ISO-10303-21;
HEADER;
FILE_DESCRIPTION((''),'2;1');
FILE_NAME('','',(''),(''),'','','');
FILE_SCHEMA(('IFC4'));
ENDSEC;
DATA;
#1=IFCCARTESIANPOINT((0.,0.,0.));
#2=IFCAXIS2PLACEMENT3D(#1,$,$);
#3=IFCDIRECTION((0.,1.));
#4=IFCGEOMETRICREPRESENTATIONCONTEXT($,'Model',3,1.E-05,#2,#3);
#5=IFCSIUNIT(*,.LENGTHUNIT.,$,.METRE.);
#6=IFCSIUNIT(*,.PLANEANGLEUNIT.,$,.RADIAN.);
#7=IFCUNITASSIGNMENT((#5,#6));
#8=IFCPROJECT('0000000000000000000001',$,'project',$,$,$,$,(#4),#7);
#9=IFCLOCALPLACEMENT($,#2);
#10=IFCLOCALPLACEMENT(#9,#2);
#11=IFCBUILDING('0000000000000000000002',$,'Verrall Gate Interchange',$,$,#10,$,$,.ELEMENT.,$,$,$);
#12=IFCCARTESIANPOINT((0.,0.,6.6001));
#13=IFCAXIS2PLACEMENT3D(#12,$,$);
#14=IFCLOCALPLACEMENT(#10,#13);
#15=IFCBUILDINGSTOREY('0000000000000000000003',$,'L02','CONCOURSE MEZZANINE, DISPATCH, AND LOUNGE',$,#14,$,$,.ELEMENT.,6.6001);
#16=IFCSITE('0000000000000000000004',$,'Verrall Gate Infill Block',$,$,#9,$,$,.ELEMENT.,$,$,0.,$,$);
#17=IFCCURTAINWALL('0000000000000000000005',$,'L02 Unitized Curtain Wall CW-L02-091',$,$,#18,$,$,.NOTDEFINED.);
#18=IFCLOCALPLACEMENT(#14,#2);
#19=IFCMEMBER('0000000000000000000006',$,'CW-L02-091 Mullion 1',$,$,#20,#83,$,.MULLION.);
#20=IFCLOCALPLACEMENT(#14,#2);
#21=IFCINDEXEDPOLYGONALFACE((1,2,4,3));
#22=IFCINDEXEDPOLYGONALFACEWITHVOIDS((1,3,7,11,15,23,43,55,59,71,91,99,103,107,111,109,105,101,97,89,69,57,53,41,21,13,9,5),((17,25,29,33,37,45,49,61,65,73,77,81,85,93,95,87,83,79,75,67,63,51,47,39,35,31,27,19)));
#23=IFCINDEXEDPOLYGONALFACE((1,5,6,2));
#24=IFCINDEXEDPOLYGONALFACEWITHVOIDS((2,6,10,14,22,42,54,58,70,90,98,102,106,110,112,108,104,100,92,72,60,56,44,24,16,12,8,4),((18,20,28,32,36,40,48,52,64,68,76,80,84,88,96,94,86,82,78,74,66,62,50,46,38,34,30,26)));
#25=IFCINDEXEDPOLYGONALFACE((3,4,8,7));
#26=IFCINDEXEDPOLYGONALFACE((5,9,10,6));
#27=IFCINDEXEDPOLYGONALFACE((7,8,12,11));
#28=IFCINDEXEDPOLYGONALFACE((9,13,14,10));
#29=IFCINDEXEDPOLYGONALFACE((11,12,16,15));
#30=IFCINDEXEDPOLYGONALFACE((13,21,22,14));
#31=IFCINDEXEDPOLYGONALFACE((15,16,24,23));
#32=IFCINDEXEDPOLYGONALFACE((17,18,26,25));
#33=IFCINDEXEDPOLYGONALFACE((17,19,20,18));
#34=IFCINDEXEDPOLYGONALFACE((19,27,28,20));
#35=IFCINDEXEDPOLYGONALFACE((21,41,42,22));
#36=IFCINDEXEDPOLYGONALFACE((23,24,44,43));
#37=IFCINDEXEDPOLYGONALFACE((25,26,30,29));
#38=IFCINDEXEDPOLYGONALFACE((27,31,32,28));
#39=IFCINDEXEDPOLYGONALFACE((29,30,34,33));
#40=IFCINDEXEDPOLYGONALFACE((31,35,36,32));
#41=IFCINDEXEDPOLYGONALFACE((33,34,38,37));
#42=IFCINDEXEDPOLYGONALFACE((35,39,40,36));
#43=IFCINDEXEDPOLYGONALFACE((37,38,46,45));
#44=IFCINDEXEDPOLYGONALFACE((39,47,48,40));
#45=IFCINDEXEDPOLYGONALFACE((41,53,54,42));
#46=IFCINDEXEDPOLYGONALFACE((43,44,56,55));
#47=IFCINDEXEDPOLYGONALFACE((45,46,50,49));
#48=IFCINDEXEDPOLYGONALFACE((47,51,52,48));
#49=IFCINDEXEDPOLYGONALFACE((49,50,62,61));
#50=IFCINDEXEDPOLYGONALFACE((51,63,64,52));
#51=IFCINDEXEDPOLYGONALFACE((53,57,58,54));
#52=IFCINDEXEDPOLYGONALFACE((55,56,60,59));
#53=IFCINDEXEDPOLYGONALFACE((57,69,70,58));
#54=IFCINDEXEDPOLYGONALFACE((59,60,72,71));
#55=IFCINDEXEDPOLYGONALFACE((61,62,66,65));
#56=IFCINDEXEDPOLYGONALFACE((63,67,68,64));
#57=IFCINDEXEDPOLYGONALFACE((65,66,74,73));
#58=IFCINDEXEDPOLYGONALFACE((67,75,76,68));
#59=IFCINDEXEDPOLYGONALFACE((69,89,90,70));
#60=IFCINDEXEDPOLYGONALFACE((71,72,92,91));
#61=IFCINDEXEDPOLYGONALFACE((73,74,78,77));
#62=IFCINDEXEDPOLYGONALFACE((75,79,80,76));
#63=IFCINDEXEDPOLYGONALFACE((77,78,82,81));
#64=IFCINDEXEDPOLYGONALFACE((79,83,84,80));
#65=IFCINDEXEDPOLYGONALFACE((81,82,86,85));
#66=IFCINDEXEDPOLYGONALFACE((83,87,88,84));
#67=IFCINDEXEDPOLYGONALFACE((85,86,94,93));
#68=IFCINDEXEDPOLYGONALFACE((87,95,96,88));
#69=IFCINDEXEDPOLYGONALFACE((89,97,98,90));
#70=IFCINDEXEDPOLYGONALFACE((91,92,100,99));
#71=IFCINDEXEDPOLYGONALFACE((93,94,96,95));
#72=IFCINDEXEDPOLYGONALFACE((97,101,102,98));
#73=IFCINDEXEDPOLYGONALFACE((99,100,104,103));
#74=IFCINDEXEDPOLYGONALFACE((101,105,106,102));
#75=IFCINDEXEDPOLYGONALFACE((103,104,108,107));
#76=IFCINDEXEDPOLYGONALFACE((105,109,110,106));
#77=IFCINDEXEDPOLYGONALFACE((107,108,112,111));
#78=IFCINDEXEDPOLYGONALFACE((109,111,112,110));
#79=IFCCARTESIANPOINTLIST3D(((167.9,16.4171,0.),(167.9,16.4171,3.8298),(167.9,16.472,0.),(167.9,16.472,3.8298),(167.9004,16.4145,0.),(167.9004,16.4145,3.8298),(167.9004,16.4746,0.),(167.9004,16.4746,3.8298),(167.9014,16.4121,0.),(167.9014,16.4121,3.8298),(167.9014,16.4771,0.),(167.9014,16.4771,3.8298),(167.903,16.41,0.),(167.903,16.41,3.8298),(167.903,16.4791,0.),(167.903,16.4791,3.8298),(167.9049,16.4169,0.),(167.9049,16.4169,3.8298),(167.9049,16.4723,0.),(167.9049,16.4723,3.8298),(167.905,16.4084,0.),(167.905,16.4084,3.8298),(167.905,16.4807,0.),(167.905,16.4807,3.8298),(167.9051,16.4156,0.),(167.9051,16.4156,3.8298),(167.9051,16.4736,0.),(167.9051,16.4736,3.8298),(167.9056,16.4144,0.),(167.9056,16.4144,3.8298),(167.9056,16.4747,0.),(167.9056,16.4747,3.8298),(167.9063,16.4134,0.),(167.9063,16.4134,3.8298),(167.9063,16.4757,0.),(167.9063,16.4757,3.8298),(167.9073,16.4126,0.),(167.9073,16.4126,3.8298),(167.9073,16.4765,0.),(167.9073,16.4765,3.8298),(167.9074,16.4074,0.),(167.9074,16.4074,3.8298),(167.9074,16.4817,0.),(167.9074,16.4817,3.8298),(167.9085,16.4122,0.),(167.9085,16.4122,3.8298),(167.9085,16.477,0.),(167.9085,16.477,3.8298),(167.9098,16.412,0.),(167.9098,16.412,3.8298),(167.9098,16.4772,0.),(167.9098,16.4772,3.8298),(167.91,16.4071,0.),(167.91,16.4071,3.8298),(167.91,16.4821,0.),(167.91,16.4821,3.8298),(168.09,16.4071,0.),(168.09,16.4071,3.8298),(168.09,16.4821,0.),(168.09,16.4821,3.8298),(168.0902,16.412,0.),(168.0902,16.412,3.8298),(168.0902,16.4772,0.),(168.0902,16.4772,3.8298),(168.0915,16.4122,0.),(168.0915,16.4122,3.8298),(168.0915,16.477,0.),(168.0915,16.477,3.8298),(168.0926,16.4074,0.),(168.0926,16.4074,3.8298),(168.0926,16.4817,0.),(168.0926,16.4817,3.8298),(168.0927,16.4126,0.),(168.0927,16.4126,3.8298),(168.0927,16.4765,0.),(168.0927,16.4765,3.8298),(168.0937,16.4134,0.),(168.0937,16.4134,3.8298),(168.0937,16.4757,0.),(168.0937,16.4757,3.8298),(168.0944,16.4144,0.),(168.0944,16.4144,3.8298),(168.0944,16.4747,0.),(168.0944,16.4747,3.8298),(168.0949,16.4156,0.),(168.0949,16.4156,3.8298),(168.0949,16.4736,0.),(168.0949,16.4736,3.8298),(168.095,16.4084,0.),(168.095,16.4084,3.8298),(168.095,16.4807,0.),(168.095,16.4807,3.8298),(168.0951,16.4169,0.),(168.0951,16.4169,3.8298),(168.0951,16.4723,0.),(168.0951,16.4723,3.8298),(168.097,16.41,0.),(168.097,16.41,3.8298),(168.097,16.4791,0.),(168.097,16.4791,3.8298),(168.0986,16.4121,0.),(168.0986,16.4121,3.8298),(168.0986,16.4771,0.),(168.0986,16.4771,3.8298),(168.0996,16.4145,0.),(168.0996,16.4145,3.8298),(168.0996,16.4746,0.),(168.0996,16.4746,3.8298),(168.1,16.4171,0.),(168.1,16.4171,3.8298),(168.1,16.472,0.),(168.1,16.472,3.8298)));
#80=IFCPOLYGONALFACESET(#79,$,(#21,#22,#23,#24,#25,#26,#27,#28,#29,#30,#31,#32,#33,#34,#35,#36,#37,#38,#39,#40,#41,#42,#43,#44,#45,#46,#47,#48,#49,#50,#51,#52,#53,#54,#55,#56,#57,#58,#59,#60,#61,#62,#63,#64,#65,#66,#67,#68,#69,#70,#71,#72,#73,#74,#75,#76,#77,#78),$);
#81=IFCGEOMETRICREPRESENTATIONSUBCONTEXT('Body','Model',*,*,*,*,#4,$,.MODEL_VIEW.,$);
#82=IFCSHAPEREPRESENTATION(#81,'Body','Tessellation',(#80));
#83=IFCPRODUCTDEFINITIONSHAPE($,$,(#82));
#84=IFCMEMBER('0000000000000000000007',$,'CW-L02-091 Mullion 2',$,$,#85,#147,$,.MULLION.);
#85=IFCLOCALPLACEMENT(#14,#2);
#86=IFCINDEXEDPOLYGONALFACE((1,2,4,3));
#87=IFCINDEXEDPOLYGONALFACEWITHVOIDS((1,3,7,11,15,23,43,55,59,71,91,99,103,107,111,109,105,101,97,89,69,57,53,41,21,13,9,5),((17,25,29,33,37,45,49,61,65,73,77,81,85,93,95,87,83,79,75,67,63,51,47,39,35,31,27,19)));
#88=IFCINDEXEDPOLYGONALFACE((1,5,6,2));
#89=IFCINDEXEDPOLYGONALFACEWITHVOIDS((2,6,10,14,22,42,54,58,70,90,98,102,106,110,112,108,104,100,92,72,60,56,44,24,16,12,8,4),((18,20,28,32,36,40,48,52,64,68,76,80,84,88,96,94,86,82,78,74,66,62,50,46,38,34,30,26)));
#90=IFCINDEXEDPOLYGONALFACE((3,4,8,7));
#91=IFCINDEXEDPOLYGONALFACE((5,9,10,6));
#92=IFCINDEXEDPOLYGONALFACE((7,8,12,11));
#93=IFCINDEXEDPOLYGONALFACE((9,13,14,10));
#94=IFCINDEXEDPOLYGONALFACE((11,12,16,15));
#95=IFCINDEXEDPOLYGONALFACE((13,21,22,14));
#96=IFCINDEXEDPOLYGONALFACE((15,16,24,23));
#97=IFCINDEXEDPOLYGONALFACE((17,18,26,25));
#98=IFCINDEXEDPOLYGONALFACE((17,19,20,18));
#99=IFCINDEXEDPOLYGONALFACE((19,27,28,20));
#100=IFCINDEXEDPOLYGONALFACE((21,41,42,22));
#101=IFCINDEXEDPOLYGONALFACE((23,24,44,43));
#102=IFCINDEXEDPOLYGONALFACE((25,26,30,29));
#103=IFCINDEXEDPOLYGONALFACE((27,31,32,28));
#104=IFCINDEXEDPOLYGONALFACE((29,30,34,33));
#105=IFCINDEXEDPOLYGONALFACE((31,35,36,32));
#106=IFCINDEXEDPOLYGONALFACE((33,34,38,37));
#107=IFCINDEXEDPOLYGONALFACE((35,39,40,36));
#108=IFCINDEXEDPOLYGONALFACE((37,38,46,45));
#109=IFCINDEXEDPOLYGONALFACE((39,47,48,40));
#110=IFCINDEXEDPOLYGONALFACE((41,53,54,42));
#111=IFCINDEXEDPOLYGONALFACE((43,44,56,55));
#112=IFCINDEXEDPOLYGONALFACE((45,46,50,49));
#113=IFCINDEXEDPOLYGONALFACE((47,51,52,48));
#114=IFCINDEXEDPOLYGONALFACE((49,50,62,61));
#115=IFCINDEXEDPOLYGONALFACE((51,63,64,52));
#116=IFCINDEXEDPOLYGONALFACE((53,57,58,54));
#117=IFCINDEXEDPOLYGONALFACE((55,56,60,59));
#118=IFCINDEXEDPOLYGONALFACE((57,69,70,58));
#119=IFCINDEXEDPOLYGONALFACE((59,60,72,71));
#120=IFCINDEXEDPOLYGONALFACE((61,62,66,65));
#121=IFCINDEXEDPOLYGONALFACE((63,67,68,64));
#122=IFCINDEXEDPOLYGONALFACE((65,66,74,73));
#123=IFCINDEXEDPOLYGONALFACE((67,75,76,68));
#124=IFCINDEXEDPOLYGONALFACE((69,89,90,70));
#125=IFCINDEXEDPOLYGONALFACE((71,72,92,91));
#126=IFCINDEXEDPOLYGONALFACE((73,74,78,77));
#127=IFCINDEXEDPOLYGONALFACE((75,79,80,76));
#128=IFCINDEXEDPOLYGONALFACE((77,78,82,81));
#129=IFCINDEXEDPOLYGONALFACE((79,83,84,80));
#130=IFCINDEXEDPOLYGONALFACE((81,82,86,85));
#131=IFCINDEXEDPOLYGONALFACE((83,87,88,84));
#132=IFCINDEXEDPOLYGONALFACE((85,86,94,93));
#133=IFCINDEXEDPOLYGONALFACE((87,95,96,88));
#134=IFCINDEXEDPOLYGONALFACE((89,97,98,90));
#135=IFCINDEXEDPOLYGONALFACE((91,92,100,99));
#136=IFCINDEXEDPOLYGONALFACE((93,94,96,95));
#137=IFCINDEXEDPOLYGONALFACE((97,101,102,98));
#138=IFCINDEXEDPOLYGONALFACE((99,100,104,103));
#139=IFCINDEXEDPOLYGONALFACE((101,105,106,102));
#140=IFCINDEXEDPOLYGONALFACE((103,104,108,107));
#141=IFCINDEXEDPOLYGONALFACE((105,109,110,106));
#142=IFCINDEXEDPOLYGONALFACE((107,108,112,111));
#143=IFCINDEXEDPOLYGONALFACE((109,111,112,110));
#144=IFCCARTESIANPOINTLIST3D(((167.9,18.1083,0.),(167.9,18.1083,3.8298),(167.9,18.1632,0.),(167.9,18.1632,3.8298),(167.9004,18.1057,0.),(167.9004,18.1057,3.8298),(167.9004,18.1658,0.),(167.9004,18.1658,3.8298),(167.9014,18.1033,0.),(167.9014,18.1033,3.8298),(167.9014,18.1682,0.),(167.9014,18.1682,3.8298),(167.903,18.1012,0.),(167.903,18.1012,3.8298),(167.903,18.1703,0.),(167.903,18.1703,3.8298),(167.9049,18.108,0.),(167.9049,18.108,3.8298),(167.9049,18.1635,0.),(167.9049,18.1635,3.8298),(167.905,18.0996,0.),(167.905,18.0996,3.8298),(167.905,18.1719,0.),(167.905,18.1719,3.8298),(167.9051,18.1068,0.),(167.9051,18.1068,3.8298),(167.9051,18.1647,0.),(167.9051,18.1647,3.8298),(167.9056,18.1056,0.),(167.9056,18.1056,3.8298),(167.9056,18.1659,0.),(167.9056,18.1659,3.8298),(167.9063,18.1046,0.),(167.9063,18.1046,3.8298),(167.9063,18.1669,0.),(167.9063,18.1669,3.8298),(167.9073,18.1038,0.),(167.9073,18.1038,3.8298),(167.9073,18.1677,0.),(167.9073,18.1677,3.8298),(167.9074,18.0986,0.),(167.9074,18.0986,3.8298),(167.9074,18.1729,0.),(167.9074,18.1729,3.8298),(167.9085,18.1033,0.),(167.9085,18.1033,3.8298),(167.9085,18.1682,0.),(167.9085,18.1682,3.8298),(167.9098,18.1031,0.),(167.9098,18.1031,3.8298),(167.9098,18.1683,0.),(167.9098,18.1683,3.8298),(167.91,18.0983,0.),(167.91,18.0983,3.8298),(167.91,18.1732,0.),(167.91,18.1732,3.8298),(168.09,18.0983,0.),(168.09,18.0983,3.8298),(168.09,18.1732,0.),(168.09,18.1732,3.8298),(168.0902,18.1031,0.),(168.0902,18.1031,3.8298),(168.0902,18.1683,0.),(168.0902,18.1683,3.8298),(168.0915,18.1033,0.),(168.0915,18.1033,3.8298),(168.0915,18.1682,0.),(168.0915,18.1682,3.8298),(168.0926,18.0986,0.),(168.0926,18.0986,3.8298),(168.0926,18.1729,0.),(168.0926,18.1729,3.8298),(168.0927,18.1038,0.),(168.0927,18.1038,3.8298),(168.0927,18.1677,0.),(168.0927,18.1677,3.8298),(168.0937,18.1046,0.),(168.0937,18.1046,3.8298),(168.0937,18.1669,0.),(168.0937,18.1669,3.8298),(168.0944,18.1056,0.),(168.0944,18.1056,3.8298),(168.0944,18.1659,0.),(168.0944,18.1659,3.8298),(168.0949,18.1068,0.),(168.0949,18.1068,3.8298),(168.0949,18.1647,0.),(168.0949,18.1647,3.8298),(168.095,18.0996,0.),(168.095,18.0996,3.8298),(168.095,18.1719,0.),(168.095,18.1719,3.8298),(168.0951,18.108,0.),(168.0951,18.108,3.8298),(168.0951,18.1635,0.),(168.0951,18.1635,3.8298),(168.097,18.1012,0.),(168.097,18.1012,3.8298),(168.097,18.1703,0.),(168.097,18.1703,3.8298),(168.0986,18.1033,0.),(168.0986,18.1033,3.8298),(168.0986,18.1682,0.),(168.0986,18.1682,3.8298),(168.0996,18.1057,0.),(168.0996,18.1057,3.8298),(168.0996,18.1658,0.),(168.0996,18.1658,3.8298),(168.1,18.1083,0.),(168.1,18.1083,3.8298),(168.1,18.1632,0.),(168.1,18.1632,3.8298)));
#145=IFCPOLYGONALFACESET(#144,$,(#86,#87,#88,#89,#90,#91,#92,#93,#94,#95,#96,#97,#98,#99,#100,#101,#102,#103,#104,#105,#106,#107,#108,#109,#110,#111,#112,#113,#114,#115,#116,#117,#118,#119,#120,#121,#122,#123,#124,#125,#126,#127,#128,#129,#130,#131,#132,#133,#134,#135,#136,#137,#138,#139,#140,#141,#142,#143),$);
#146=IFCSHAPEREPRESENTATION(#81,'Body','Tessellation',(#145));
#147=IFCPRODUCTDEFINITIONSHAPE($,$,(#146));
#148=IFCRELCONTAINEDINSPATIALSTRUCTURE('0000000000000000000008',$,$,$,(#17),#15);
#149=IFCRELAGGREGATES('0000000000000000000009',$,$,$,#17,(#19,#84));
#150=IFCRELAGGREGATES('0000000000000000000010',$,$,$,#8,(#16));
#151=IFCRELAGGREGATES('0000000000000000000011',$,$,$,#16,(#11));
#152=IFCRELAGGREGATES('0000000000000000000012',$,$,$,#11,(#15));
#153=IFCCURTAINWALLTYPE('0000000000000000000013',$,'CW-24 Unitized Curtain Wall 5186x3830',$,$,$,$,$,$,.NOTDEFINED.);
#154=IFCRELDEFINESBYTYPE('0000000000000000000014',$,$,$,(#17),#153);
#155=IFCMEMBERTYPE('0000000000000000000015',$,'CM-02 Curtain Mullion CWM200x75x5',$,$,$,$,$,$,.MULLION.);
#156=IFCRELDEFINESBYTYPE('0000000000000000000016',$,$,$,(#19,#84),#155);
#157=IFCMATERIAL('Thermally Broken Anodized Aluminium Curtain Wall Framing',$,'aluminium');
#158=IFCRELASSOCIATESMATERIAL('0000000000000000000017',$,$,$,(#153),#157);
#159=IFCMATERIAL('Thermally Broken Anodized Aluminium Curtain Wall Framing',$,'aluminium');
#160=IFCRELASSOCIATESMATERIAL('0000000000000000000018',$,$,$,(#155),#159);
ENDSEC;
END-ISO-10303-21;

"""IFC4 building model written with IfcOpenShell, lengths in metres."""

from ifc_helpers import new_model, si_unit, direction, frame, origin, origin_2d, place, context, subcontext, project, spatial, hollow_rectangle, extrude, material, material_profile, profile_set, type_object, element, aggregate, save


model = new_model("IFC4")

# Units and contexts
model_context = context("Model", 3, precision=1e-05, world=origin(), true_north=direction((0.0, 1.0)))
body_context = subcontext(model_context, "Body", "Model", "MODEL_VIEW")
ifc_project = project(units=[si_unit("LENGTHUNIT", "METRE"), si_unit("PLANEANGLEUNIT", "RADIAN")], contexts=[model_context])

# Site, building, storey
site_placement = place(None, origin())
site = spatial("IfcSite", under=ifc_project, at=site_placement, Name="Verrall Gate Infill Block", CompositionType="ELEMENT", RefElevation=0.0)
building_placement = place(site_placement, origin())
building = spatial("IfcBuilding", under=site, at=building_placement, Name="Verrall Gate Interchange", CompositionType="ELEMENT")
storey_placement = place(building_placement, frame((0.0, 0.0, 6.6001)))
storey = spatial("IfcBuildingStorey", under=building, at=storey_placement, Name="L02", Description="CONCOURSE MEZZANINE, DISPATCH, AND LOUNGE", CompositionType="ELEMENT", Elevation=6.6001)

# Curtain wall, members
ifc_material_1 = material(Name="Thermally Broken Anodized Aluminium Curtain Wall Framing", Category="aluminium")
curtain_wall_type_1 = type_object("IfcCurtainWallType", Name="CW-24 Unitized Curtain Wall 5186x3830", PredefinedType="NOTDEFINED", material=ifc_material_1)
curtain_wall_1_placement = place(storey_placement, origin())
curtain_wall_1 = element("IfcCurtainWall", 1, at=curtain_wall_1_placement, inside=storey, type_object=curtain_wall_type_1, Name="L02 Unitized Curtain Wall CW-L02-091", PredefinedType="NOTDEFINED")
ifc_material_2 = material(Name="Thermally Broken Anodized Aluminium Curtain Wall Framing", Category="aluminium")
ifc_material_profile_1 = material_profile(ifc_material_2, hollow_rectangle(XDim=0.075, YDim=0.2, WallThickness=0.0049, InnerFilletRadius=0.0049, OuterFilletRadius=0.01, at=origin_2d()), Name="CWM200x75x5")
ifc_profile_set_1 = profile_set([ifc_material_profile_1], Name="Thermally Broken Anodized Aluminium Curtain Wall Framing")
member_type_1 = type_object("IfcMemberType", Name="CM-02 Curtain Mullion CWM200x75x5", PredefinedType="MULLION", material=ifc_profile_set_1)
member_1_placement = place(storey_placement, frame((168.0, 16.4446, 0.0), z_axis=(0.0, 0.0, 1.0), x_axis=(0.0, 1.0, 0.0)))
member_1 = element("IfcMember", 2, at=member_1_placement, type_object=member_type_1, Name="CW-L02-091 Mullion 1", PredefinedType="MULLION", context=body_context, shape_type="SweptSolid", body=[
    extrude(hollow_rectangle(XDim=0.075, YDim=0.2, WallThickness=0.0049, InnerFilletRadius=0.0049, OuterFilletRadius=0.01, at=origin_2d()), origin(), (0.0, 0.0, 1.0), 3.8298),
])
member_2_placement = place(storey_placement, frame((168.0, 18.1357, 0.0), z_axis=(0.0, 0.0, 1.0), x_axis=(0.0, 1.0, 0.0)))
member_2 = element("IfcMember", 3, at=member_2_placement, type_object=member_type_1, Name="CW-L02-091 Mullion 2", PredefinedType="MULLION", context=body_context, shape_type="SweptSolid", body=[
    extrude(hollow_rectangle(XDim=0.075, YDim=0.2, WallThickness=0.0049, InnerFilletRadius=0.0049, OuterFilletRadius=0.01, at=origin_2d()), origin(), (0.0, 0.0, 1.0), 3.8298),
])

aggregate(curtain_wall_1, [member_1, member_2])

save(model, "model.ifc")
